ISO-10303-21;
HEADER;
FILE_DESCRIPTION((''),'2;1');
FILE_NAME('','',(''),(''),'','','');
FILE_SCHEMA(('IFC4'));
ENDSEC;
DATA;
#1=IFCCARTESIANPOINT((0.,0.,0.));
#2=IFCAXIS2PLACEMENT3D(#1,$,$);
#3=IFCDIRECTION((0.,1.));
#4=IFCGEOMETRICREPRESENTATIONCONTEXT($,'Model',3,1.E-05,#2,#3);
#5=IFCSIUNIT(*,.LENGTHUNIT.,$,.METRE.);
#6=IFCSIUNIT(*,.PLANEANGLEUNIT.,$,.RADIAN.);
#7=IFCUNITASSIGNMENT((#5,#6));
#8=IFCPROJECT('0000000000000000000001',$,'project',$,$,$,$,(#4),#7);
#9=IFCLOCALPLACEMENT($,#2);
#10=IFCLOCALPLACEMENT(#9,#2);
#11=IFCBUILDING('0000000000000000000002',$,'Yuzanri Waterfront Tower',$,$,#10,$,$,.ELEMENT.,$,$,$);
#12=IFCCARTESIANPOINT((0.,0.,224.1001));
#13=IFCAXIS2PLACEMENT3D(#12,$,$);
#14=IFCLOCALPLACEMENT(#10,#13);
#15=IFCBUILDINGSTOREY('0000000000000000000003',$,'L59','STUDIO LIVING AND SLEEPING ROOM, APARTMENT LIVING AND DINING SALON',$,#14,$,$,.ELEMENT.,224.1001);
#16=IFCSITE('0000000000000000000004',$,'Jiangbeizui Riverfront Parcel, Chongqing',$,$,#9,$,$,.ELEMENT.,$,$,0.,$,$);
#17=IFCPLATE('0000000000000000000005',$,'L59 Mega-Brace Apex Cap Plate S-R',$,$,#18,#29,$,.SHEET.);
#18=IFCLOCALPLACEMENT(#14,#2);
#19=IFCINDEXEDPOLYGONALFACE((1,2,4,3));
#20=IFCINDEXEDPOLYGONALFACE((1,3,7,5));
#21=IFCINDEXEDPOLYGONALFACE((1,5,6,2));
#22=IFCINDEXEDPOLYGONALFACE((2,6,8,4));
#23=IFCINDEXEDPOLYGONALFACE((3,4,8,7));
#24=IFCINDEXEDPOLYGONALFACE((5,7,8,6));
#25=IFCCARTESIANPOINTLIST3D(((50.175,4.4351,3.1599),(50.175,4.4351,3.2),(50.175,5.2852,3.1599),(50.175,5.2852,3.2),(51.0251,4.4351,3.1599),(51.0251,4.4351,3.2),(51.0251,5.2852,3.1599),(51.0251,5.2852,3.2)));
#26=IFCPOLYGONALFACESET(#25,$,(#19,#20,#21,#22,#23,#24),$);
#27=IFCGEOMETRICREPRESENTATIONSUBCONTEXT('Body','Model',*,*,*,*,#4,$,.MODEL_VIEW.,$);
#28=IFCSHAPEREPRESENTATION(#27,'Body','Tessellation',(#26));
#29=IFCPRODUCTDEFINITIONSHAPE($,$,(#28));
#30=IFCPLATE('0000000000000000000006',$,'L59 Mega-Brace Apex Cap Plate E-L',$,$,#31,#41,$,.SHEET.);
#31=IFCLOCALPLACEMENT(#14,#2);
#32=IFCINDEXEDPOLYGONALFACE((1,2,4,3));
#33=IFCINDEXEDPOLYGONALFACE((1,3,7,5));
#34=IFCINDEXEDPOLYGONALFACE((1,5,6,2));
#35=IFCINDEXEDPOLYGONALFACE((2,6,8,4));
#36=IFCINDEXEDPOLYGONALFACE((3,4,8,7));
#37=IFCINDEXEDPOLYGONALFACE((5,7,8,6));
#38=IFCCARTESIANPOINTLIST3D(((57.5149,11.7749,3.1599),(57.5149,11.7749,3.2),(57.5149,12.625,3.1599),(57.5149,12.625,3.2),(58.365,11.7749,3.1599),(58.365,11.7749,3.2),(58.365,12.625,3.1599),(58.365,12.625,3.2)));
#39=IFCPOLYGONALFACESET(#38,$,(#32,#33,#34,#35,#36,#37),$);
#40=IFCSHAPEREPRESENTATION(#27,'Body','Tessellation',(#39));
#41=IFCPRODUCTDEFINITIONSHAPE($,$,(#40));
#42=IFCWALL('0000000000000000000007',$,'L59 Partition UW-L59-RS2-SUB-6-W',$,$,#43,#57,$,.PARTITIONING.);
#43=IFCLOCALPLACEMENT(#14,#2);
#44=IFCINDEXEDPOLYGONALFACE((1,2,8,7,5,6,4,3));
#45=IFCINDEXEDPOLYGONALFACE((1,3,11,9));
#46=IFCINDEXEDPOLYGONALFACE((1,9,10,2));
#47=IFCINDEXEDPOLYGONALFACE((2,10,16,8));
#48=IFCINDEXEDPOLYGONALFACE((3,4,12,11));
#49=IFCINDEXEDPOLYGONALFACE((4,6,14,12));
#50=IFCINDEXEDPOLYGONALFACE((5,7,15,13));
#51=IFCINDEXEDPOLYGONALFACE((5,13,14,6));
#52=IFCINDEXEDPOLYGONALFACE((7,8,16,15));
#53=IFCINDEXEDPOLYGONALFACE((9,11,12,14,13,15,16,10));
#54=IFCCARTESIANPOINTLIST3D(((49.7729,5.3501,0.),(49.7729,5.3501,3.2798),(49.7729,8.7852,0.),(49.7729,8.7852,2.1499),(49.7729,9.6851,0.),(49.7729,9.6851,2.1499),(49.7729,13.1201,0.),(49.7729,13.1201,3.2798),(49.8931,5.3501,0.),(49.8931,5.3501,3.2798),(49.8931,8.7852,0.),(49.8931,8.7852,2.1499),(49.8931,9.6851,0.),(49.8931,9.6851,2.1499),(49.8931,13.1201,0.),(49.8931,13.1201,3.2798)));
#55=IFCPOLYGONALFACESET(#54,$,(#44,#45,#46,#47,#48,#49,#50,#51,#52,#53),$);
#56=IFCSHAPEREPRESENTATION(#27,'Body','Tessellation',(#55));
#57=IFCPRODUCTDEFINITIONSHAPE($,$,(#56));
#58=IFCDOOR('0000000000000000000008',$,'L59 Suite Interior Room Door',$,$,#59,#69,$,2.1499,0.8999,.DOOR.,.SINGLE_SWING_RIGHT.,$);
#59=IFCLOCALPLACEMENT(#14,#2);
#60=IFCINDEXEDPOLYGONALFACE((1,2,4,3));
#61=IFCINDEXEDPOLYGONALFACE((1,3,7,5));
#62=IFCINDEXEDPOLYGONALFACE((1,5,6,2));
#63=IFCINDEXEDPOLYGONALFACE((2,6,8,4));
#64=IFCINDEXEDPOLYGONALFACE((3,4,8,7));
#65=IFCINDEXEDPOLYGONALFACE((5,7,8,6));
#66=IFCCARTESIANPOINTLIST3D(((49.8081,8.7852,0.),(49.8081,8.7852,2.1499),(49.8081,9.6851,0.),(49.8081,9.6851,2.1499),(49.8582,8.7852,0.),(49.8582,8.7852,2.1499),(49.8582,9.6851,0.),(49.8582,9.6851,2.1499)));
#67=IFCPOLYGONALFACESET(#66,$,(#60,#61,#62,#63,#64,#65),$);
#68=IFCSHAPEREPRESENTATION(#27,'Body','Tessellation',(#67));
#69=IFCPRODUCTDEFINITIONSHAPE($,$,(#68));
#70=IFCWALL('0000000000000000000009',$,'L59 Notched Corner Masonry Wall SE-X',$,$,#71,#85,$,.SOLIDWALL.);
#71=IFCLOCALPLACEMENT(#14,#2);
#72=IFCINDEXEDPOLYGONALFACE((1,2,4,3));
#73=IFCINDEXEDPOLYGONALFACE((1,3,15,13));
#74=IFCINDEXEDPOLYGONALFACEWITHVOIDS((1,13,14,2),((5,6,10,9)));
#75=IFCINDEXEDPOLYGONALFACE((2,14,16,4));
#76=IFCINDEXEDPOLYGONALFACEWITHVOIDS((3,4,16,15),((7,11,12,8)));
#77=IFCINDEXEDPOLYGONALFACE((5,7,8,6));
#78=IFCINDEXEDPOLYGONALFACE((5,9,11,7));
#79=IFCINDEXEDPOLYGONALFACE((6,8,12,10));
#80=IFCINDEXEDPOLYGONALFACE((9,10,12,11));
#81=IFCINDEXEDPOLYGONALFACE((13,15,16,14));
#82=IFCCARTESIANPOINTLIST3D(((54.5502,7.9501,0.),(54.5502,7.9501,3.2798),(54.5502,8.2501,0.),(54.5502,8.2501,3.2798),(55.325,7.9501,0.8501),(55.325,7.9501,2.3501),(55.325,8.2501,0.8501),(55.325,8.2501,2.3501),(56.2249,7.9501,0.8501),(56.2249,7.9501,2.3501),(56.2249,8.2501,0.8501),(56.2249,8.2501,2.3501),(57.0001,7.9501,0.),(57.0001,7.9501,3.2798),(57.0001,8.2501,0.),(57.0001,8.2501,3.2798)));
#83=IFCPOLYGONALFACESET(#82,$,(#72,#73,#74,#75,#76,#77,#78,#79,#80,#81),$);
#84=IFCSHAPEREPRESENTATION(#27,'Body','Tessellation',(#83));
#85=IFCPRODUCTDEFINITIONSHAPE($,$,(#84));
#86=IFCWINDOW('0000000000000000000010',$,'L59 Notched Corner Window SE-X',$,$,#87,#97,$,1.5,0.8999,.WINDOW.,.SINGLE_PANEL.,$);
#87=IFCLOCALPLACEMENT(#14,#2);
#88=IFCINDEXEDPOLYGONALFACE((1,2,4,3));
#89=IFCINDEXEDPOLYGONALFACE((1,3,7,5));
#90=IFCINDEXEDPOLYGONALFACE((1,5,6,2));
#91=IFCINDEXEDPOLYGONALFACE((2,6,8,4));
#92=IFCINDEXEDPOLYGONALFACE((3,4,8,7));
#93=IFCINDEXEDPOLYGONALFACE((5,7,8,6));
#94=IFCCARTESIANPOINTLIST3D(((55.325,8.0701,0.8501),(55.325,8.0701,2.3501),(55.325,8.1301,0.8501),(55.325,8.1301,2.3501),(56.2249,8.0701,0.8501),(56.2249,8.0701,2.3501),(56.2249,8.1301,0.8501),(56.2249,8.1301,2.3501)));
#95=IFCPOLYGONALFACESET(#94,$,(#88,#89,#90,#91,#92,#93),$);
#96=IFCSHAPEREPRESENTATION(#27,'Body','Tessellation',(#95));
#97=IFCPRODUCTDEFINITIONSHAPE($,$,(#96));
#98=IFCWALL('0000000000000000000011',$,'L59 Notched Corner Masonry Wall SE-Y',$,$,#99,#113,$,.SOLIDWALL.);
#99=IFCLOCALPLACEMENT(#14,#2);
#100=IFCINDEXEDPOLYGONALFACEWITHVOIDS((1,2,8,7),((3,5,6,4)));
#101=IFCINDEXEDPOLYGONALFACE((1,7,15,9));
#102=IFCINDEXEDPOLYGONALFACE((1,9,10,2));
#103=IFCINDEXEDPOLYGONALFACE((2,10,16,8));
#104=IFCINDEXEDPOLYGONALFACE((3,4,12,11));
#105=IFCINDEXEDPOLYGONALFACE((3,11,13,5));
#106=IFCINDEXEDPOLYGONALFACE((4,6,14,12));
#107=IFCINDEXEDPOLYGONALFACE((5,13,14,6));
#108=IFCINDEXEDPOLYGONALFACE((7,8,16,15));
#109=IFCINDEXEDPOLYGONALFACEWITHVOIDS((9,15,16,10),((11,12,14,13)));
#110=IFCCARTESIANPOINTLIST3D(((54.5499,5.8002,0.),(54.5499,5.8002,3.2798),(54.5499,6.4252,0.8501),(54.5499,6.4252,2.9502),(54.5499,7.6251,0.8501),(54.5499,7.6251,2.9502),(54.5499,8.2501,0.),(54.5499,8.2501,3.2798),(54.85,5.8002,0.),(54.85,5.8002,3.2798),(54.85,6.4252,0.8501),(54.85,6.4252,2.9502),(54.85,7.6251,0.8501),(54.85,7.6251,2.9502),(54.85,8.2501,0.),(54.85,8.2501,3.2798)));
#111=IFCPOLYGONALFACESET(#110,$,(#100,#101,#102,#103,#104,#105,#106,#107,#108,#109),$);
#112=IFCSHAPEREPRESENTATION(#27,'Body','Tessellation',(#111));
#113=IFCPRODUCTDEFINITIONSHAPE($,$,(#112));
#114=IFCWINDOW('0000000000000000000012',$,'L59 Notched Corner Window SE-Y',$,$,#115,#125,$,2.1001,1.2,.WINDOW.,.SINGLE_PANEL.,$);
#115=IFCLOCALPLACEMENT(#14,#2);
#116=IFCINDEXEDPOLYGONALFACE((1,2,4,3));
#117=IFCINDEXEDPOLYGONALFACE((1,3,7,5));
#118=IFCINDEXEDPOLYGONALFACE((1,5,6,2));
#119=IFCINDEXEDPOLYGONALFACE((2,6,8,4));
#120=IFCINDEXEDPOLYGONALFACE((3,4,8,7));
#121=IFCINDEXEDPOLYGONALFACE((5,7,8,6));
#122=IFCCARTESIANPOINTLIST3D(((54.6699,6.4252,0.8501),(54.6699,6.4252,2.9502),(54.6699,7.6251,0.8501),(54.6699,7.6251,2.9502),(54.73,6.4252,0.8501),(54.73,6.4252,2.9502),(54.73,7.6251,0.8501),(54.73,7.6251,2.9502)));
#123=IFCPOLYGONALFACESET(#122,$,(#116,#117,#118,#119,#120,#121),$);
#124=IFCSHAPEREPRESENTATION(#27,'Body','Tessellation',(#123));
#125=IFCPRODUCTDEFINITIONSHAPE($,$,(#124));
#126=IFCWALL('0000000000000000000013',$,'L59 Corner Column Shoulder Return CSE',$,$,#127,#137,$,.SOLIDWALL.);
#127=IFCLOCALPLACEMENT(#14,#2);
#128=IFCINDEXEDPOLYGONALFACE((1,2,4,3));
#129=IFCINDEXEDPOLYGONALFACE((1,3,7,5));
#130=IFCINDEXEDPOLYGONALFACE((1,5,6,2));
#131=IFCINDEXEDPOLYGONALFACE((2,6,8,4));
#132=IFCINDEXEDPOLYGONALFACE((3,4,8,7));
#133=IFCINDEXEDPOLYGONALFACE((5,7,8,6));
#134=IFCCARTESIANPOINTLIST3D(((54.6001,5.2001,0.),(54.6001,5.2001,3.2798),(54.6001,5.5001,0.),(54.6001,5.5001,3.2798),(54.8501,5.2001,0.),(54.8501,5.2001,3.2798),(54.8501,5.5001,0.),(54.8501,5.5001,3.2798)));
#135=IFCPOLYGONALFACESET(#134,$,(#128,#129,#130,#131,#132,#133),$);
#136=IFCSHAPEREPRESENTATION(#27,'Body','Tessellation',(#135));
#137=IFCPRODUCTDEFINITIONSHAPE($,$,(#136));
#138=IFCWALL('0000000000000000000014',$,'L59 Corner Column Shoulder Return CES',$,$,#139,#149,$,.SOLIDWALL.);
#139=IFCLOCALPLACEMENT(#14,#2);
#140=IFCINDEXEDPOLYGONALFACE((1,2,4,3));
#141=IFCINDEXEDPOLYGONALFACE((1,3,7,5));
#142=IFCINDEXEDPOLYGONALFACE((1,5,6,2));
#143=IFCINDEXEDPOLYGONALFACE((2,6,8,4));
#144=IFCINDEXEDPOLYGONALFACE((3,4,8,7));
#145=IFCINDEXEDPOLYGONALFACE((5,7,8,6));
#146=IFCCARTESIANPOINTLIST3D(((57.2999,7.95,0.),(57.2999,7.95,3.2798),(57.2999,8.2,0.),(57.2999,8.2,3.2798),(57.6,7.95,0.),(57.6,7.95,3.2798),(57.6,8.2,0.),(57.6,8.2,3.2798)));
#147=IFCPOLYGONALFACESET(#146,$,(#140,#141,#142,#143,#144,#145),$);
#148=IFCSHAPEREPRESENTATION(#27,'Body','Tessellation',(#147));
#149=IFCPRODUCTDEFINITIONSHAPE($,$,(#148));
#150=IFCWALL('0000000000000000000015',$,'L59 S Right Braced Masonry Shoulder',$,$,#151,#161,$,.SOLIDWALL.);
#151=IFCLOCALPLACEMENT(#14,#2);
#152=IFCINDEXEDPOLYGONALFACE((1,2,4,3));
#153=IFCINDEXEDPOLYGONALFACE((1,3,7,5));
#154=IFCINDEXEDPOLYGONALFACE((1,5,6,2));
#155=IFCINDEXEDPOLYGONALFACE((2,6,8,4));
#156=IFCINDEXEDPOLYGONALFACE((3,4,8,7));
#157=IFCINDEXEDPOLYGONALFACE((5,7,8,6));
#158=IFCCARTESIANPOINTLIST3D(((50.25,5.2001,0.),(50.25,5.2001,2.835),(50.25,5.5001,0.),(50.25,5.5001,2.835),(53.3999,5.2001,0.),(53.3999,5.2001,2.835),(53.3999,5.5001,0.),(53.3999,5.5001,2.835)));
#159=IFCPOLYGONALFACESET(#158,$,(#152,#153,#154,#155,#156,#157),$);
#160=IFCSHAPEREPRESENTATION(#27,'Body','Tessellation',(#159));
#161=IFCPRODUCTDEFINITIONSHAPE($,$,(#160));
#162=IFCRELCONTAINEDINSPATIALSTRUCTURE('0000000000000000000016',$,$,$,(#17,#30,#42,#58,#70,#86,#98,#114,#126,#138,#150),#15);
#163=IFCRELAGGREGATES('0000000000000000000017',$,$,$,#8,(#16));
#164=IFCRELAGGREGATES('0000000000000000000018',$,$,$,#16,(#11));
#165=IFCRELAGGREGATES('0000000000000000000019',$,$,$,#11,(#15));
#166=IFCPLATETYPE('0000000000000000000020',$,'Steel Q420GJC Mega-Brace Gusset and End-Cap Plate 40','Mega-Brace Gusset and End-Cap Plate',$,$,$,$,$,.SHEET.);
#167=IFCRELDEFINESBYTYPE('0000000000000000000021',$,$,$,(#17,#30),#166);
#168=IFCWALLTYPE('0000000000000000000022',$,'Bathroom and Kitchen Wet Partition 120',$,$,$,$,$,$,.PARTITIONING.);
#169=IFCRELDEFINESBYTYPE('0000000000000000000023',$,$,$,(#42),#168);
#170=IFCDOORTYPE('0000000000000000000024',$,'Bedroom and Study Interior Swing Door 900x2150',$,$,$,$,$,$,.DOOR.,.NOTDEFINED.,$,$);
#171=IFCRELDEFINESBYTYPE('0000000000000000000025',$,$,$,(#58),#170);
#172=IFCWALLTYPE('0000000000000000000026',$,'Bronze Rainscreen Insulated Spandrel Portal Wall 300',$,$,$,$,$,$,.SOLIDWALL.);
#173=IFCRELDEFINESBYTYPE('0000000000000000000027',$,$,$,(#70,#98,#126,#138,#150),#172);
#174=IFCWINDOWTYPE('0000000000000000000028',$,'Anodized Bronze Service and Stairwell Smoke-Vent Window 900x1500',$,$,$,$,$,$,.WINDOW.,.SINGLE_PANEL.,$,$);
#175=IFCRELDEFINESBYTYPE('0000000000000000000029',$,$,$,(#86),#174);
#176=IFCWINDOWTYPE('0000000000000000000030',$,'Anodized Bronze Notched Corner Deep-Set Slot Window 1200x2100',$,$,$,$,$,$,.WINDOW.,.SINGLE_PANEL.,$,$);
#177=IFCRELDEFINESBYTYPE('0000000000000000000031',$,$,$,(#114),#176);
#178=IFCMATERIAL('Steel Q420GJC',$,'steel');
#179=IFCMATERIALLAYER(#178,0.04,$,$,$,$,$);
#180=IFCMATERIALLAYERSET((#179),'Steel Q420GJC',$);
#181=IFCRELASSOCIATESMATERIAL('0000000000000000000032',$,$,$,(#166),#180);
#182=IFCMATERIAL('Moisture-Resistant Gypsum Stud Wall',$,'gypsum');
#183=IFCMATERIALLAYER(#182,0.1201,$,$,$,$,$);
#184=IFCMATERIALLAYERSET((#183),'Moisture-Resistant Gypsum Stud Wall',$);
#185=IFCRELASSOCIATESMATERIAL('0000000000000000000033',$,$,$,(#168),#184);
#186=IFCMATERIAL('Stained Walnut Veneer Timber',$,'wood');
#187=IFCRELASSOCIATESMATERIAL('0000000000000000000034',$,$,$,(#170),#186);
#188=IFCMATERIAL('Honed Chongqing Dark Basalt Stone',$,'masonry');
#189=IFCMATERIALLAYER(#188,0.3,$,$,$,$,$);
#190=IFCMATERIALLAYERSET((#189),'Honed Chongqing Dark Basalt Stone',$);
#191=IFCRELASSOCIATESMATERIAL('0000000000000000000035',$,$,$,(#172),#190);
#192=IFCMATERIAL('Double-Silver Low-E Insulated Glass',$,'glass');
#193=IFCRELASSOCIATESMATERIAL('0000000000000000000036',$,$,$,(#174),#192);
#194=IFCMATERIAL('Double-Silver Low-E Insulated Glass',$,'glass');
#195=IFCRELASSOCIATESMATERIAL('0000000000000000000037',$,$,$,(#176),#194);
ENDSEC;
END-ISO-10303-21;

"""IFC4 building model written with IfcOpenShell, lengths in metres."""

from ifc_helpers import new_model, si_unit, direction, frame, frame_2d, origin, origin_2d, place, context, subcontext, project, spatial, rectangle, extrude, source, transform, mapped, material, layer, layer_set, type_object, element, fill, save


model = new_model("IFC4")

# Units and contexts
model_context = context("Model", 3, precision=1e-05, world=origin(), true_north=direction((0.0, 1.0)))
body_context = subcontext(model_context, "Body", "Model", "MODEL_VIEW")
ifc_project = project(units=[si_unit("LENGTHUNIT", "METRE"), si_unit("PLANEANGLEUNIT", "RADIAN")], contexts=[model_context])

# Site, building, storey
site_placement = place(None, origin())
site = spatial("IfcSite", under=ifc_project, at=site_placement, Name="Jiangbeizui Riverfront Parcel, Chongqing", CompositionType="ELEMENT", RefElevation=0.0)
building_placement = place(site_placement, origin())
building = spatial("IfcBuilding", under=site, at=building_placement, Name="Yuzanri Waterfront Tower", CompositionType="ELEMENT")
storey_placement = place(building_placement, frame((0.0, 0.0, 224.1001)))
storey = spatial("IfcBuildingStorey", under=building, at=storey_placement, Name="L59", Description="STUDIO LIVING AND SLEEPING ROOM, APARTMENT LIVING AND DINING SALON", CompositionType="ELEMENT", Elevation=224.1001)

# Plates
ifc_material_1 = material(Name="Steel Q420GJC", Category="steel")
ifc_layer_1 = layer(ifc_material_1, 0.04)
ifc_layer_set_1 = layer_set([ifc_layer_1], Name="Steel Q420GJC")
plate_type = type_object("IfcPlateType", Name="Steel Q420GJC Mega-Brace Gusset and End-Cap Plate 40", Description="Mega-Brace Gusset and End-Cap Plate", PredefinedType="SHEET", material=ifc_layer_set_1)
shared_shape_1 = source(origin(), body_context, "Body", "SweptSolid", [
    extrude(rectangle(XDim=0.8501, YDim=0.8501, at=origin_2d()), origin(), (0.0, 0.0, 1.0), 0.04),
])
for number, where, z_axis, x_axis, name in (
    (1, (50.6001, 4.8601, 3.1599), (0.0, 0.0, 1.0), (1.0, 0.0, 0.0), "L59 Mega-Brace Apex Cap Plate S-R"),
    (2, (57.9399, 12.2, 3.1599), (0.0, 0.0, 1.0), (1.0, 0.0, 0.0), "L59 Mega-Brace Apex Cap Plate E-L"),
):
    element("IfcPlate", number, at=place(storey_placement, frame(where, z_axis=z_axis, x_axis=x_axis)), inside=storey, type_object=plate_type, Name=name, PredefinedType="SHEET", context=body_context, shape_type="MappedRepresentation", body=[
        mapped(shared_shape_1, transform((0.0, 0.0, 0.0), scale=1.0)),
    ])

# Wall, opening, door
ifc_material_2 = material(Name="Moisture-Resistant Gypsum Stud Wall", Category="gypsum")
ifc_layer_2 = layer(ifc_material_2, 0.1201)
ifc_layer_set_2 = layer_set([ifc_layer_2], Name="Moisture-Resistant Gypsum Stud Wall")
wall_type_1 = type_object("IfcWallType", Name="Bathroom and Kitchen Wet Partition 120", PredefinedType="PARTITIONING", material=ifc_layer_set_2)
wall_1_placement = place(storey_placement, frame((49.833, 5.3501, 0.0), z_axis=(0.0, 0.0, 1.0), x_axis=(0.0, 1.0, 0.0)))
wall_1 = element("IfcWall", 3, at=wall_1_placement, inside=storey, type_object=wall_type_1, Name="L59 Partition UW-L59-RS2-SUB-6-W", PredefinedType="PARTITIONING", context=body_context, shape_type="SweptSolid", body=[
    extrude(rectangle(XDim=7.77, YDim=0.1201, at=frame_2d((3.885, 0.0))), origin(), (0.0, 0.0, 1.0), 3.2798),
])
opening_1_placement = place(wall_1_placement, frame((3.4351, 0.0, 0.0)))
opening_1 = element("IfcOpeningElement", 4, at=opening_1_placement, cuts=wall_1, PredefinedType="OPENING", context=body_context, shape_type="SweptSolid", body=[
    extrude(rectangle(XDim=0.8999, YDim=2.1499, at=frame_2d((0.45, 1.075))), frame((0.0, 0.075, 0.0), z_axis=(0.0, -1.0, 0.0), x_axis=(1.0, 0.0, 0.0)), (0.0, 0.0, 1.0), 0.1499),
])
ifc_material_3 = material(Name="Stained Walnut Veneer Timber", Category="wood")
door_type = type_object("IfcDoorType", Name="Bedroom and Study Interior Swing Door 900x2150", OperationType="NOTDEFINED", PredefinedType="DOOR", material=ifc_material_3)
shared_shape_2 = source(origin(), body_context, "Body", "SweptSolid", [
    extrude(rectangle(XDim=0.8999, YDim=2.1499, at=frame_2d((0.45, 1.075))), frame((0.0, 0.0249, 0.0), z_axis=(0.0, -1.0, 0.0), x_axis=(1.0, 0.0, 0.0)), (0.0, 0.0, 1.0), 0.05),
])
door_placement = place(opening_1_placement, origin())
door = element("IfcDoor", 5, at=door_placement, inside=storey, type_object=door_type, Name="L59 Suite Interior Room Door", OperationType="SINGLE_SWING_RIGHT", OverallHeight=2.1499, OverallWidth=0.8999, PredefinedType="DOOR", context=body_context, shape_type="MappedRepresentation", body=[
    mapped(shared_shape_2, transform((0.0, 0.0, 0.0), scale=1.0)),
])
fill(opening_1, door)

# Walls, openings, windows
ifc_material_4 = material(Name="Honed Chongqing Dark Basalt Stone", Category="masonry")
ifc_layer_3 = layer(ifc_material_4, 0.3)
ifc_layer_set_3 = layer_set([ifc_layer_3], Name="Honed Chongqing Dark Basalt Stone")
wall_type_2 = type_object("IfcWallType", Name="Bronze Rainscreen Insulated Spandrel Portal Wall 300", PredefinedType="SOLIDWALL", material=ifc_layer_set_3)
wall_2_placement = place(storey_placement, frame((54.55, 8.1001, 0.0), z_axis=(0.0, 0.0, 1.0), x_axis=(1.0, 0.0, 0.0)))
wall_2 = element("IfcWall", 6, at=wall_2_placement, inside=storey, type_object=wall_type_2, Name="L59 Notched Corner Masonry Wall SE-X", PredefinedType="SOLIDWALL", context=body_context, shape_type="SweptSolid", body=[
    extrude(rectangle(XDim=2.45, YDim=0.3, at=frame_2d((1.2251, 0.0))), origin(), (0.0, 0.0, 1.0), 3.2798),
])
opening_2_placement = place(wall_2_placement, frame((0.7749, 0.0, 0.8501)))
opening_2 = element("IfcOpeningElement", 7, at=opening_2_placement, cuts=wall_2, PredefinedType="OPENING", context=body_context, shape_type="SweptSolid", body=[
    extrude(rectangle(XDim=0.8999, YDim=1.5, at=frame_2d((0.45, 0.75))), frame((0.0, 0.165, 0.0), z_axis=(0.0, -1.0, 0.0), x_axis=(1.0, 0.0, 0.0)), (0.0, 0.0, 1.0), 0.3298),
])
ifc_material_5 = material(Name="Double-Silver Low-E Insulated Glass", Category="glass")
window_type_1 = type_object("IfcWindowType", Name="Anodized Bronze Service and Stairwell Smoke-Vent Window 900x1500", PartitioningType="SINGLE_PANEL", PredefinedType="WINDOW", material=ifc_material_5)
shared_shape_3 = source(origin(), body_context, "Body", "SweptSolid", [
    extrude(rectangle(XDim=0.8999, YDim=1.5, at=frame_2d((0.45, 0.75))), frame((0.0, 0.03, 0.0), z_axis=(0.0, -1.0, 0.0), x_axis=(1.0, 0.0, 0.0)), (0.0, 0.0, 1.0), 0.0601),
])
window_1_placement = place(opening_2_placement, origin())
window_1 = element("IfcWindow", 8, at=window_1_placement, inside=storey, type_object=window_type_1, Name="L59 Notched Corner Window SE-X", OverallHeight=1.5, OverallWidth=0.8999, PartitioningType="SINGLE_PANEL", PredefinedType="WINDOW", context=body_context, shape_type="MappedRepresentation", body=[
    mapped(shared_shape_3, transform((0.0, 0.0, 0.0), scale=1.0)),
])
fill(opening_2, window_1)
wall_3_placement = place(storey_placement, frame((54.7, 5.8, 0.0), z_axis=(0.0, 0.0, 1.0), x_axis=(0.0, 1.0, 0.0)))
wall_3 = element("IfcWall", 9, at=wall_3_placement, inside=storey, type_object=wall_type_2, Name="L59 Notched Corner Masonry Wall SE-Y", PredefinedType="SOLIDWALL", context=body_context, shape_type="SweptSolid", body=[
    extrude(rectangle(XDim=2.45, YDim=0.3, at=frame_2d((1.2251, 0.0))), origin(), (0.0, 0.0, 1.0), 3.2798),
])
opening_3_placement = place(wall_3_placement, frame((0.625, 0.0, 0.8501)))
opening_3 = element("IfcOpeningElement", 10, at=opening_3_placement, cuts=wall_3, PredefinedType="OPENING", context=body_context, shape_type="SweptSolid", body=[
    extrude(rectangle(XDim=1.2, YDim=2.1001, at=frame_2d((0.6001, 1.05))), frame((0.0, 0.165, 0.0), z_axis=(0.0, -1.0, 0.0), x_axis=(1.0, 0.0, 0.0)), (0.0, 0.0, 1.0), 0.3298),
])
ifc_material_6 = material(Name="Double-Silver Low-E Insulated Glass", Category="glass")
window_type_2 = type_object("IfcWindowType", Name="Anodized Bronze Notched Corner Deep-Set Slot Window 1200x2100", PartitioningType="SINGLE_PANEL", PredefinedType="WINDOW", material=ifc_material_6)
shared_shape_4 = source(origin(), body_context, "Body", "SweptSolid", [
    extrude(rectangle(XDim=1.2, YDim=2.1001, at=frame_2d((0.6001, 1.05))), frame((0.0, 0.03, 0.0), z_axis=(0.0, -1.0, 0.0), x_axis=(1.0, 0.0, 0.0)), (0.0, 0.0, 1.0), 0.0601),
])
window_2_placement = place(opening_3_placement, origin())
window_2 = element("IfcWindow", 11, at=window_2_placement, inside=storey, type_object=window_type_2, Name="L59 Notched Corner Window SE-Y", OverallHeight=2.1001, OverallWidth=1.2, PartitioningType="SINGLE_PANEL", PredefinedType="WINDOW", context=body_context, shape_type="MappedRepresentation", body=[
    mapped(shared_shape_4, transform((0.0, 0.0, 0.0), scale=1.0)),
])
fill(opening_3, window_2)

# Walls
shared_shape_5 = source(origin(), body_context, "Body", "SweptSolid", [
    extrude(rectangle(XDim=0.25, YDim=0.3, at=frame_2d((0.125, 0.0))), origin(), (0.0, 0.0, 1.0), 3.2798),
])
for number, where, z_axis, x_axis, name in (
    (12, (54.6001, 5.3501, 0.0), (0.0, 0.0, 1.0), (1.0, 0.0, 0.0), "L59 Corner Column Shoulder Return CSE"),
    (13, (57.45, 7.95, 0.0), (0.0, 0.0, 1.0), (0.0, 1.0, 0.0), "L59 Corner Column Shoulder Return CES"),
):
    element("IfcWall", number, at=place(storey_placement, frame(where, z_axis=z_axis, x_axis=x_axis)), inside=storey, type_object=wall_type_2, Name=name, PredefinedType="SOLIDWALL", context=body_context, shape_type="MappedRepresentation", body=[
        mapped(shared_shape_5, transform((0.0, 0.0, 0.0), scale=1.0)),
    ])
shared_shape_6 = source(origin(), body_context, "Body", "SweptSolid", [
    extrude(rectangle(XDim=3.1499, YDim=0.3, at=frame_2d((1.575, 0.0))), origin(), (0.0, 0.0, 1.0), 2.835),
])
wall_4_placement = place(storey_placement, frame((50.25, 5.3501, 0.0), z_axis=(0.0, 0.0, 1.0), x_axis=(1.0, 0.0, 0.0)))
element("IfcWall", 14, at=wall_4_placement, inside=storey, type_object=wall_type_2, Name="L59 S Right Braced Masonry Shoulder", PredefinedType="SOLIDWALL", context=body_context, shape_type="MappedRepresentation", body=[
    mapped(shared_shape_6, transform((0.0, 0.0, 0.0), scale=1.0)),
])

save(model, "model.ifc")
